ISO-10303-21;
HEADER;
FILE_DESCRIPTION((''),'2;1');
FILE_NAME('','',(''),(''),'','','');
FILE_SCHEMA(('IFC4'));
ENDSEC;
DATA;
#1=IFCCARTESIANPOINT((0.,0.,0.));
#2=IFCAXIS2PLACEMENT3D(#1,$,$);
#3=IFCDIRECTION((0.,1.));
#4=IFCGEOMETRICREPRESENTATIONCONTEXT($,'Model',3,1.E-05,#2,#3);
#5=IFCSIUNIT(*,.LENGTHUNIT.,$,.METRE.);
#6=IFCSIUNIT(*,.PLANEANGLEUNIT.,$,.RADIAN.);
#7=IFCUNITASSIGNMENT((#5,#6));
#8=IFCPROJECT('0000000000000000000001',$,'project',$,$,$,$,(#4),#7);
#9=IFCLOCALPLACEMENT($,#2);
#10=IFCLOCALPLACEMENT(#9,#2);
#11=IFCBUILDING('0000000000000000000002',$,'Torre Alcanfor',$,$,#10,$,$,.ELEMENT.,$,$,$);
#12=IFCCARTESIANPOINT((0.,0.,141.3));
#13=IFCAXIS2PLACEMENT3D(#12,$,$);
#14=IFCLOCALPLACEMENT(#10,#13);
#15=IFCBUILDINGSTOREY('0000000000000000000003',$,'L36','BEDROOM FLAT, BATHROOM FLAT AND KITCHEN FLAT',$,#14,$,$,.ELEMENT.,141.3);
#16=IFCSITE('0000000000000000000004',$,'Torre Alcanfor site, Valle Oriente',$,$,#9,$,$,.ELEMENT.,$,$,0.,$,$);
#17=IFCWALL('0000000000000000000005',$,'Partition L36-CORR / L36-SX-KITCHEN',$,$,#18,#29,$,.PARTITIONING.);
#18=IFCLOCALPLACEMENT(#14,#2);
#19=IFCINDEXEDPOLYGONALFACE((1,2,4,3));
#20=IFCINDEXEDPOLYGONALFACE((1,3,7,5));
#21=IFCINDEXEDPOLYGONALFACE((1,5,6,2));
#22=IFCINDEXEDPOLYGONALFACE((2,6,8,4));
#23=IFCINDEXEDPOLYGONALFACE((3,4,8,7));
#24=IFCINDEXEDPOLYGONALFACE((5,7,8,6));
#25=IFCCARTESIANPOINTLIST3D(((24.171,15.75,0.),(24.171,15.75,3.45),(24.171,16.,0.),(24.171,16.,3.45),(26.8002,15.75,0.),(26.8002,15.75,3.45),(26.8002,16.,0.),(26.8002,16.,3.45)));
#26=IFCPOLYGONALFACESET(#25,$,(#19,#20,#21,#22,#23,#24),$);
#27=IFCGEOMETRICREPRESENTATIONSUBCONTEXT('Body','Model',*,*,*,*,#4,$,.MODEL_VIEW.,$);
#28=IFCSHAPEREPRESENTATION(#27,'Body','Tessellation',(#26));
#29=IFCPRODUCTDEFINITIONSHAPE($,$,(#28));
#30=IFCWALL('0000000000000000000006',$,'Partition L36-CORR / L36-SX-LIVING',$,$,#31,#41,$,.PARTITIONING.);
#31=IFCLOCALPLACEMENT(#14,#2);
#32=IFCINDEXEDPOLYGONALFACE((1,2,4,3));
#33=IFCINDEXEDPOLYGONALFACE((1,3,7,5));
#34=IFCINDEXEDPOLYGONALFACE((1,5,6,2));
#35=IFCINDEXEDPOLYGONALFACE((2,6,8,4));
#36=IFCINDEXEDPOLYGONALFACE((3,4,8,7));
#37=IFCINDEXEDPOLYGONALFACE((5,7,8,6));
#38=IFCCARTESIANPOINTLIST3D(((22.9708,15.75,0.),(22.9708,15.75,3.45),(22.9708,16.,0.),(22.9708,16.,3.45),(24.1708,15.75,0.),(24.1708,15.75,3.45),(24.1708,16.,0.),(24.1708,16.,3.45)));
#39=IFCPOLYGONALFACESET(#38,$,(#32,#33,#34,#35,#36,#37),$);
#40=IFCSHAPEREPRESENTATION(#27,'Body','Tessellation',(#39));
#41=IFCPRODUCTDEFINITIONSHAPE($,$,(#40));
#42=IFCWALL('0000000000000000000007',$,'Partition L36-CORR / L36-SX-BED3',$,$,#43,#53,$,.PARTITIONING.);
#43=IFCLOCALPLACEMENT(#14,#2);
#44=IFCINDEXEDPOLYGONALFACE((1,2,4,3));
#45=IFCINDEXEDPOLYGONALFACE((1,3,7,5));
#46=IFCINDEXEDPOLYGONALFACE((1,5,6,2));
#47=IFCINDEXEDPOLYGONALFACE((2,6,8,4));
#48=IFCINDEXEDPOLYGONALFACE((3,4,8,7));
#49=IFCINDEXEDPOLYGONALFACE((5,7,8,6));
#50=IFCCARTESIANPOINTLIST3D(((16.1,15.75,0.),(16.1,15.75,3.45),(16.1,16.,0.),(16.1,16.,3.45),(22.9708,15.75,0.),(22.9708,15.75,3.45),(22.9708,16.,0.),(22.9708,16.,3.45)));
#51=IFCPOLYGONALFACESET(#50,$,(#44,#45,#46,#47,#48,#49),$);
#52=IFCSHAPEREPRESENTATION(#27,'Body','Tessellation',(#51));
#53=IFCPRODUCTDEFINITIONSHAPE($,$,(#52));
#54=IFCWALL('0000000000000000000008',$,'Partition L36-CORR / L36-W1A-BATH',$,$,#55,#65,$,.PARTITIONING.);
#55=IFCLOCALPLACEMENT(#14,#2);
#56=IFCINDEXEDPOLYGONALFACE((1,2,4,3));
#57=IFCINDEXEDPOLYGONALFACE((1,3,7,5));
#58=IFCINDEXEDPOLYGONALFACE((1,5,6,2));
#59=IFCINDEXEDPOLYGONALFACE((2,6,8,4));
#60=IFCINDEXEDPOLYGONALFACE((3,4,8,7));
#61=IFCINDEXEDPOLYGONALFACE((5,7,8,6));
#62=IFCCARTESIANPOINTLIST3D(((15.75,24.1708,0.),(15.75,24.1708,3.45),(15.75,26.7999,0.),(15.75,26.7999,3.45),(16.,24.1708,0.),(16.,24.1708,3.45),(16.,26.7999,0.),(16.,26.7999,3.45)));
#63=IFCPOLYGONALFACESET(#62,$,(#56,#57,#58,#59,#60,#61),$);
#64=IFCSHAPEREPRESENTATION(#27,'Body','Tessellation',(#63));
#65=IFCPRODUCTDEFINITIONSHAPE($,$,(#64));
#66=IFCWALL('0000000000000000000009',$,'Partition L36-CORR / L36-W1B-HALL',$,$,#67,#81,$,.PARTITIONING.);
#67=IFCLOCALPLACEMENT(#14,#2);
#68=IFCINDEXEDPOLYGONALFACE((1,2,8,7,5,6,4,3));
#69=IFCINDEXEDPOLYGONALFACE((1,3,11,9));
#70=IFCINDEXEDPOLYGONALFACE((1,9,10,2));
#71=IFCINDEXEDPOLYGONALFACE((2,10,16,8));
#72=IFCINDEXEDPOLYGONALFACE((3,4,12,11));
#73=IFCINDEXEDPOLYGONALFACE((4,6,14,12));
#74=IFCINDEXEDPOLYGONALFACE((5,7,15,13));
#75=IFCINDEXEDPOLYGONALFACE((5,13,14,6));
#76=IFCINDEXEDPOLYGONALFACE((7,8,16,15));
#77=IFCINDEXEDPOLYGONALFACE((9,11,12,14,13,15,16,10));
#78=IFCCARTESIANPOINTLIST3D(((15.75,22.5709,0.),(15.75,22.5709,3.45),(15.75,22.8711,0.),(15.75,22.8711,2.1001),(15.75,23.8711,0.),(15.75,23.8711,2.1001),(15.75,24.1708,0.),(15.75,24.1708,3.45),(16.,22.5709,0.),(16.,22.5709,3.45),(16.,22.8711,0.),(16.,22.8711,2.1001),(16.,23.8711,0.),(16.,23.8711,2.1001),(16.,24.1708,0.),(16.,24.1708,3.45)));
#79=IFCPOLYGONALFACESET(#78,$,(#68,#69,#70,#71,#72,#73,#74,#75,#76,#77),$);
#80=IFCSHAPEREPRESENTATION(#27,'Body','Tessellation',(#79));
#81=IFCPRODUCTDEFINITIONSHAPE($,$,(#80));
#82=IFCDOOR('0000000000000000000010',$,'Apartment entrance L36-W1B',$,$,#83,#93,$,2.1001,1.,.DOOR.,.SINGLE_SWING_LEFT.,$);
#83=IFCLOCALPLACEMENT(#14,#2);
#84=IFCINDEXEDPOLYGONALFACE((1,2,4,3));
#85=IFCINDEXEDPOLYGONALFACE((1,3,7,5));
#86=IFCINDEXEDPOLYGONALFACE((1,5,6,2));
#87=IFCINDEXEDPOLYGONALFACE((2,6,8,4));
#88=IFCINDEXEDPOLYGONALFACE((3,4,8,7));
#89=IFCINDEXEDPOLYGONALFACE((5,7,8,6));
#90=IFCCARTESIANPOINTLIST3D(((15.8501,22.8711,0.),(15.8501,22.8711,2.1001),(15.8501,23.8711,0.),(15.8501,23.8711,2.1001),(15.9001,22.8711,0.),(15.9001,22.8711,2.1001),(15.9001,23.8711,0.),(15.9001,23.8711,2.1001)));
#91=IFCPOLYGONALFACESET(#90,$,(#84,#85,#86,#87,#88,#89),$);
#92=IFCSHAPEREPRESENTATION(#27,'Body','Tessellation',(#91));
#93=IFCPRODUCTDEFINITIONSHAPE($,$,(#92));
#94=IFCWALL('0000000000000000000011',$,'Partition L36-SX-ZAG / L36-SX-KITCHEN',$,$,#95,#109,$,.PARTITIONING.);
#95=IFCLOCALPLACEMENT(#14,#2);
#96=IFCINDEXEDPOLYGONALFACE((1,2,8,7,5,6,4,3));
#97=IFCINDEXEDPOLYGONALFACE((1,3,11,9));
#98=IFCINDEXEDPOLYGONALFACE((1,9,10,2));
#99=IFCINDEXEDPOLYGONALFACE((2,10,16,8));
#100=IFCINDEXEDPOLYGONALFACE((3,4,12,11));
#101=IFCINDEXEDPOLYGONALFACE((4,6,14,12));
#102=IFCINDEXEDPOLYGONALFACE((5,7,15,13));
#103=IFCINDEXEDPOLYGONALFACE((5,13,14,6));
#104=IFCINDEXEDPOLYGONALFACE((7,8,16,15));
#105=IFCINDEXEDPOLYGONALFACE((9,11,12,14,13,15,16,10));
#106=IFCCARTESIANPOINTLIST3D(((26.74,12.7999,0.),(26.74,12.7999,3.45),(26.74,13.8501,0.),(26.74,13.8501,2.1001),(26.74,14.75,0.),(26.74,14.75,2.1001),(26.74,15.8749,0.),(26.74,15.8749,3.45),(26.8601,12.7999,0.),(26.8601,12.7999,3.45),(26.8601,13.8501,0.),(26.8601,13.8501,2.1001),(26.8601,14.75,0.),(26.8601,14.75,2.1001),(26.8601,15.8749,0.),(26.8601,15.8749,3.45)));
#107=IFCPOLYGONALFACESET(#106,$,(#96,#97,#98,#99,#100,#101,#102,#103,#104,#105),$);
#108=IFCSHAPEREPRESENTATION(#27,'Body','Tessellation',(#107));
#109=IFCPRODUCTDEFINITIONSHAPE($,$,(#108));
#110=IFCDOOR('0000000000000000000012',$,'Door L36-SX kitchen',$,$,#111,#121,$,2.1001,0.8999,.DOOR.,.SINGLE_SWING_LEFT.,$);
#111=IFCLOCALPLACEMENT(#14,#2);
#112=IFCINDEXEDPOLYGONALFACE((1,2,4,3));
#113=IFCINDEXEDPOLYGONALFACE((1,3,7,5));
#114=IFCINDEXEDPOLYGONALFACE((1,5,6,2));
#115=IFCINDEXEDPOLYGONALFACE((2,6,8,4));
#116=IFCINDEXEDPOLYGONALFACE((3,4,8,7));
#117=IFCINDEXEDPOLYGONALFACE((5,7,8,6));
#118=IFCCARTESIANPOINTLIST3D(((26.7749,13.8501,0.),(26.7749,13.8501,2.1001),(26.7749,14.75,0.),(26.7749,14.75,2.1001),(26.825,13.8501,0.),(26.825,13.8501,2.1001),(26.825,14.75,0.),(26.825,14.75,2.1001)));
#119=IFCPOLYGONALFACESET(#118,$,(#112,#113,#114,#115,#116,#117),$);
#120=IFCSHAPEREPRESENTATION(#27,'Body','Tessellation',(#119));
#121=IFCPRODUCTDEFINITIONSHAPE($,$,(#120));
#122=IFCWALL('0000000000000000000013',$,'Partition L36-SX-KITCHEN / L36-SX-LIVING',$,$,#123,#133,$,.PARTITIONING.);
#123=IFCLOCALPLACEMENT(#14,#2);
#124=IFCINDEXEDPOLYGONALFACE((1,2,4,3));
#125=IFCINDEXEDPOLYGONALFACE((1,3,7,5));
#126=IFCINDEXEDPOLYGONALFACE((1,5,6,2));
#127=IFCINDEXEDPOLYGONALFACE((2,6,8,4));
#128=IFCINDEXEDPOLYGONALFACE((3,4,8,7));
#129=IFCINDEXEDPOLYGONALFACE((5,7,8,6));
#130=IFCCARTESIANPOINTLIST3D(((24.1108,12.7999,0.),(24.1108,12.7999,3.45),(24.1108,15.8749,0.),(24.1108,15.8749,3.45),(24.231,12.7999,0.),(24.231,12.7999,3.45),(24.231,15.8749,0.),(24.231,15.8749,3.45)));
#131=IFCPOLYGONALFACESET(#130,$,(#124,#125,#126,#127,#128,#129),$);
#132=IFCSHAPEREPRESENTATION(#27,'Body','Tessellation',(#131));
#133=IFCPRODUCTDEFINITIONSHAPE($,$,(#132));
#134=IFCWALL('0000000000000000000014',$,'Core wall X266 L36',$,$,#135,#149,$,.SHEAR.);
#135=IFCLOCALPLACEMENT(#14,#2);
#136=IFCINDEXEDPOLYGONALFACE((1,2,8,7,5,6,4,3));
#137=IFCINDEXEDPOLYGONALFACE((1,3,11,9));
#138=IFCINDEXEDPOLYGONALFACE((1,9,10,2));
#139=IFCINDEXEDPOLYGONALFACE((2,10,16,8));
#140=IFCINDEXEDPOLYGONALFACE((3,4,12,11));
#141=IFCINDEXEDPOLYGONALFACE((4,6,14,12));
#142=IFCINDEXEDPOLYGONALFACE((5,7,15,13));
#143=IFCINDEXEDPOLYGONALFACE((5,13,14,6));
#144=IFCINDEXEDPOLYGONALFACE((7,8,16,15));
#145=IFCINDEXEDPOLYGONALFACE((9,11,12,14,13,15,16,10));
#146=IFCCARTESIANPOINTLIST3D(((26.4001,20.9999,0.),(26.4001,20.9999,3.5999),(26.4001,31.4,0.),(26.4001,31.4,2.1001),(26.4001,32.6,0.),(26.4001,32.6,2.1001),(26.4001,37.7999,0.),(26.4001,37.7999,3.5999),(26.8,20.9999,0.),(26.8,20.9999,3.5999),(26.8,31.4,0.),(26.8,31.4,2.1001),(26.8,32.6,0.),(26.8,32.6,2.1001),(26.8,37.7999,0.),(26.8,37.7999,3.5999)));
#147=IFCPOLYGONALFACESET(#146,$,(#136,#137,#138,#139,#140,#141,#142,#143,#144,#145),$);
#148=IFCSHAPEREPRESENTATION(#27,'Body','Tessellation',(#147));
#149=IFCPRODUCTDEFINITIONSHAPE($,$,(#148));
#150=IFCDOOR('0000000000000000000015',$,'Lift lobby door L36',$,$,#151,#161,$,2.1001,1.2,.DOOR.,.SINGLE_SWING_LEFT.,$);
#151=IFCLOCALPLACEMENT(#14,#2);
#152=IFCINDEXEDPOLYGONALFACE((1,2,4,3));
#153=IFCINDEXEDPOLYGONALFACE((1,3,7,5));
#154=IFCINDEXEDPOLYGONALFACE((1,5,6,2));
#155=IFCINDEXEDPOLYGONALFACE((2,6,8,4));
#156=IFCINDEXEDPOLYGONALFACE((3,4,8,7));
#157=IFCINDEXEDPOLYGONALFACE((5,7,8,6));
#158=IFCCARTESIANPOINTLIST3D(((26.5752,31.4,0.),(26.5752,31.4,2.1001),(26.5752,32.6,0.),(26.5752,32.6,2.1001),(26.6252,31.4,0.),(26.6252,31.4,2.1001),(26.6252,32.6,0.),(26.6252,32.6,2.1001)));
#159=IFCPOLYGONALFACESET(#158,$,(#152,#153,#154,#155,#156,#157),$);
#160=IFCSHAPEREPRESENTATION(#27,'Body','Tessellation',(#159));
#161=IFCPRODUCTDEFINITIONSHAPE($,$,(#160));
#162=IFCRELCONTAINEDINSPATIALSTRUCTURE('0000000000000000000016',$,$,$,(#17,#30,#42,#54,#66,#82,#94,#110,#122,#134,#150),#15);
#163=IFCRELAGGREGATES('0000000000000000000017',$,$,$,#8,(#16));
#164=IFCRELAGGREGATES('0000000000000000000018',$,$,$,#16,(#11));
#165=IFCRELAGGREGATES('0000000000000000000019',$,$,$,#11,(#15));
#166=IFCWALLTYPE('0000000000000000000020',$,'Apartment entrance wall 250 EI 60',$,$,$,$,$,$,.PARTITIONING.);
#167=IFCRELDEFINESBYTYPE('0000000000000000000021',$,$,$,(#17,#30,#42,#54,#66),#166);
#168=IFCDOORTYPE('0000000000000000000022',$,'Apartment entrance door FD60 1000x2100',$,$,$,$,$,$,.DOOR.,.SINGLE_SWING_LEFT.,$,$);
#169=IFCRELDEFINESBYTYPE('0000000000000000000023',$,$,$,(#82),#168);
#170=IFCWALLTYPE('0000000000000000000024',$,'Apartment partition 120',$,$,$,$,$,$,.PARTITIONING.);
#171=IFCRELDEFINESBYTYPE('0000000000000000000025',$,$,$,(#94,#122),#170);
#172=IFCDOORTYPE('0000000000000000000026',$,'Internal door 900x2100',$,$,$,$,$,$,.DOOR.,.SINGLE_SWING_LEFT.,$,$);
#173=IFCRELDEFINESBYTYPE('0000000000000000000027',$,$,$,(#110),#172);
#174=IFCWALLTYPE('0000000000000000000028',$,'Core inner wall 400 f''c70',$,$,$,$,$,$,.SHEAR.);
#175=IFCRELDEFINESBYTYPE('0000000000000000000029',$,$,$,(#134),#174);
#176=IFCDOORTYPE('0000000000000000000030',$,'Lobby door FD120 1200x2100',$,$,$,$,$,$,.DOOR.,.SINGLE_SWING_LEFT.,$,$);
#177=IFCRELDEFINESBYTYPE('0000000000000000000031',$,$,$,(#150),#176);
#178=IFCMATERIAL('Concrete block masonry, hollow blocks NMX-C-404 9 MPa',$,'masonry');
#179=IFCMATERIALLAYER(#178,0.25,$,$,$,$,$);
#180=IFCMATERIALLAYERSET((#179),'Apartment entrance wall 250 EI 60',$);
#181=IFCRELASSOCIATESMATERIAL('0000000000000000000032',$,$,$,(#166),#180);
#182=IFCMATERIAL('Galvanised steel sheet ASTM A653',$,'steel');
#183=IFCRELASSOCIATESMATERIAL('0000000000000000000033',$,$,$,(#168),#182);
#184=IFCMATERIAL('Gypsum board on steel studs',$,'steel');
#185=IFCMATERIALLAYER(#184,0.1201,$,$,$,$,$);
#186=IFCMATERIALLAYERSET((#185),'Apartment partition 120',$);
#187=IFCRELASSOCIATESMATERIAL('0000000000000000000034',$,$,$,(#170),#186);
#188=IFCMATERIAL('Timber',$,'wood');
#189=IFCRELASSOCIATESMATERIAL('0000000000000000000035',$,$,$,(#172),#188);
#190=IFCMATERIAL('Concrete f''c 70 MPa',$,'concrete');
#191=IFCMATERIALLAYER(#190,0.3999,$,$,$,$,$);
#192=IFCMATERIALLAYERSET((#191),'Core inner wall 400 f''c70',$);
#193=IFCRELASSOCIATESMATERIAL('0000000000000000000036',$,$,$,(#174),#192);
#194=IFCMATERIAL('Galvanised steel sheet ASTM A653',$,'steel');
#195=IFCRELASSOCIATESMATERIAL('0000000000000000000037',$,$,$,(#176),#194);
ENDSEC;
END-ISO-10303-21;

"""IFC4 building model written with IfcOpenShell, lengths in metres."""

from ifc_helpers import new_model, si_unit, direction, frame, frame_2d, origin, place, context, subcontext, project, spatial, rectangle, extrude, material, layer, layer_set, type_object, element, fill, save


model = new_model("IFC4")

# Units and contexts
model_context = context("Model", 3, precision=1e-05, world=origin(), true_north=direction((0.0, 1.0)))
body_context = subcontext(model_context, "Body", "Model", "MODEL_VIEW")
ifc_project = project(units=[si_unit("LENGTHUNIT", "METRE"), si_unit("PLANEANGLEUNIT", "RADIAN")], contexts=[model_context])

# Site, building, storey
site_placement = place(None, origin())
site = spatial("IfcSite", under=ifc_project, at=site_placement, Name="Torre Alcanfor site, Valle Oriente", CompositionType="ELEMENT", RefElevation=0.0)
building_placement = place(site_placement, origin())
building = spatial("IfcBuilding", under=site, at=building_placement, Name="Torre Alcanfor", CompositionType="ELEMENT")
storey_placement = place(building_placement, frame((0.0, 0.0, 141.3)))
storey = spatial("IfcBuildingStorey", under=building, at=storey_placement, Name="L36", Description="BEDROOM FLAT, BATHROOM FLAT AND KITCHEN FLAT", CompositionType="ELEMENT", Elevation=141.3)

# Walls
ifc_material_1 = material(Name="Concrete block masonry, hollow blocks NMX-C-404 9 MPa", Category="masonry")
ifc_layer_1 = layer(ifc_material_1, 0.25)
ifc_layer_set_1 = layer_set([ifc_layer_1], Name="Apartment entrance wall 250 EI 60")
wall_type_1 = type_object("IfcWallType", Name="Apartment entrance wall 250 EI 60", PredefinedType="PARTITIONING", material=ifc_layer_set_1)
wall_1_placement = place(storey_placement, frame((26.8, 15.875, 0.0), z_axis=(0.0, 0.0, 1.0), x_axis=(-1.0, 0.0, 0.0)))
element("IfcWall", 1, at=wall_1_placement, inside=storey, type_object=wall_type_1, Name="Partition L36-CORR / L36-SX-KITCHEN", PredefinedType="PARTITIONING", context=body_context, shape_type="SweptSolid", body=[
    extrude(rectangle(XDim=2.6292, YDim=0.25, at=frame_2d((1.3145, 0.0))), origin(), (0.0, 0.0, 1.0), 3.45),
])
wall_2_placement = place(storey_placement, frame((24.1709, 15.875, 0.0), z_axis=(0.0, 0.0, 1.0), x_axis=(-1.0, 0.0, 0.0)))
element("IfcWall", 2, at=wall_2_placement, inside=storey, type_object=wall_type_1, Name="Partition L36-CORR / L36-SX-LIVING", PredefinedType="PARTITIONING", context=body_context, shape_type="SweptSolid", body=[
    extrude(rectangle(XDim=1.2, YDim=0.25, at=frame_2d((0.6001, 0.0))), origin(), (0.0, 0.0, 1.0), 3.45),
])
wall_3_placement = place(storey_placement, frame((22.9709, 15.875, 0.0), z_axis=(0.0, 0.0, 1.0), x_axis=(-1.0, 0.0, 0.0)))
element("IfcWall", 3, at=wall_3_placement, inside=storey, type_object=wall_type_1, Name="Partition L36-CORR / L36-SX-BED3", PredefinedType="PARTITIONING", context=body_context, shape_type="SweptSolid", body=[
    extrude(rectangle(XDim=6.8708, YDim=0.25, at=frame_2d((3.4355, 0.0))), origin(), (0.0, 0.0, 1.0), 3.45),
])
wall_4_placement = place(storey_placement, frame((15.875, 24.1709, 0.0), z_axis=(0.0, 0.0, 1.0), x_axis=(0.0, 1.0, 0.0)))
element("IfcWall", 4, at=wall_4_placement, inside=storey, type_object=wall_type_1, Name="Partition L36-CORR / L36-W1A-BATH", PredefinedType="PARTITIONING", context=body_context, shape_type="SweptSolid", body=[
    extrude(rectangle(XDim=2.6292, YDim=0.25, at=frame_2d((1.3145, 0.0))), origin(), (0.0, 0.0, 1.0), 3.45),
])

# Walls, openings, doors
wall_5_placement = place(storey_placement, frame((15.875, 22.571, 0.0), z_axis=(0.0, 0.0, 1.0), x_axis=(0.0, 1.0, 0.0)))
wall_5 = element("IfcWall", 5, at=wall_5_placement, inside=storey, type_object=wall_type_1, Name="Partition L36-CORR / L36-W1B-HALL", PredefinedType="PARTITIONING", context=body_context, shape_type="SweptSolid", body=[
    extrude(rectangle(XDim=1.5999, YDim=0.25, at=frame_2d((0.7998, 0.0))), origin(), (0.0, 0.0, 1.0), 3.45),
])
opening_1_placement = place(wall_5_placement, frame((0.3, 0.0, 0.0)))
opening_1 = element("IfcOpeningElement", 6, at=opening_1_placement, cuts=wall_5, PredefinedType="OPENING", context=body_context, shape_type="SweptSolid", body=[
    extrude(rectangle(XDim=1.0, YDim=2.1001, at=frame_2d((0.5, 1.05))), frame((0.0, 0.135, 0.0), z_axis=(0.0, -1.0, 0.0), x_axis=(1.0, 0.0, 0.0)), (0.0, 0.0, 1.0), 0.27),
])
ifc_material_2 = material(Name="Galvanised steel sheet ASTM A653", Category="steel")
door_type_1 = type_object("IfcDoorType", Name="Apartment entrance door FD60 1000x2100", OperationType="SINGLE_SWING_LEFT", PredefinedType="DOOR", material=ifc_material_2)
door_1_placement = place(opening_1_placement, origin())
door_1 = element("IfcDoor", 7, at=door_1_placement, inside=storey, type_object=door_type_1, Name="Apartment entrance L36-W1B", OperationType="SINGLE_SWING_LEFT", OverallHeight=2.1001, OverallWidth=1.0, PredefinedType="DOOR", context=body_context, shape_type="SweptSolid", body=[
    extrude(rectangle(XDim=1.0, YDim=2.1001, at=frame_2d((0.5, 1.05))), frame((0.0, 0.0249, 0.0), z_axis=(0.0, -1.0, 0.0), x_axis=(1.0, 0.0, 0.0)), (0.0, 0.0, 1.0), 0.05),
])
fill(opening_1, door_1)
ifc_material_3 = material(Name="Gypsum board on steel studs", Category="steel")
ifc_layer_2 = layer(ifc_material_3, 0.1201)
ifc_layer_set_2 = layer_set([ifc_layer_2], Name="Apartment partition 120")
wall_type_2 = type_object("IfcWallType", Name="Apartment partition 120", PredefinedType="PARTITIONING", material=ifc_layer_set_2)
wall_6_placement = place(storey_placement, frame((26.8, 15.875, 0.0), z_axis=(0.0, 0.0, 1.0), x_axis=(0.0, -1.0, 0.0)))
wall_6 = element("IfcWall", 8, at=wall_6_placement, inside=storey, type_object=wall_type_2, Name="Partition L36-SX-ZAG / L36-SX-KITCHEN", PredefinedType="PARTITIONING", context=body_context, shape_type="SweptSolid", body=[
    extrude(rectangle(XDim=3.075, YDim=0.1201, at=frame_2d((1.5376, 0.0))), origin(), (0.0, 0.0, 1.0), 3.45),
])
opening_2_placement = place(wall_6_placement, frame((1.125, 0.0, 0.0)))
opening_2 = element("IfcOpeningElement", 9, at=opening_2_placement, cuts=wall_6, PredefinedType="OPENING", context=body_context, shape_type="SweptSolid", body=[
    extrude(rectangle(XDim=0.8999, YDim=2.1001, at=frame_2d((0.45, 1.05))), frame((0.0, 0.0701, 0.0), z_axis=(0.0, -1.0, 0.0), x_axis=(1.0, 0.0, 0.0)), (0.0, 0.0, 1.0), 0.1401),
])
ifc_material_4 = material(Name="Timber", Category="wood")
door_type_2 = type_object("IfcDoorType", Name="Internal door 900x2100", OperationType="SINGLE_SWING_LEFT", PredefinedType="DOOR", material=ifc_material_4)
door_2_placement = place(opening_2_placement, frame((0.8999, 0.0, 0.0), z_axis=(0.0, 0.0, 1.0), x_axis=(-1.0, 0.0, 0.0)))
door_2 = element("IfcDoor", 10, at=door_2_placement, inside=storey, type_object=door_type_2, Name="Door L36-SX kitchen", OperationType="SINGLE_SWING_LEFT", OverallHeight=2.1001, OverallWidth=0.8999, PredefinedType="DOOR", context=body_context, shape_type="SweptSolid", body=[
    extrude(rectangle(XDim=0.8999, YDim=2.1001, at=frame_2d((0.45, 1.05))), frame((0.0, 0.0251, 0.0), z_axis=(0.0, -1.0, 0.0), x_axis=(1.0, 0.0, 0.0)), (0.0, 0.0, 1.0), 0.05),
])
fill(opening_2, door_2)

# Wall
wall_7_placement = place(storey_placement, frame((24.1709, 15.875, 0.0), z_axis=(0.0, 0.0, 1.0), x_axis=(0.0, -1.0, 0.0)))
element("IfcWall", 11, at=wall_7_placement, inside=storey, type_object=wall_type_2, Name="Partition L36-SX-KITCHEN / L36-SX-LIVING", PredefinedType="PARTITIONING", context=body_context, shape_type="SweptSolid", body=[
    extrude(rectangle(XDim=3.075, YDim=0.1201, at=frame_2d((1.5376, 0.0))), origin(), (0.0, 0.0, 1.0), 3.45),
])

# Wall, opening, door
ifc_material_5 = material(Name="Concrete f'c 70 MPa", Category="concrete")
ifc_layer_3 = layer(ifc_material_5, 0.3999)
ifc_layer_set_3 = layer_set([ifc_layer_3], Name="Core inner wall 400 f'c70")
wall_type_3 = type_object("IfcWallType", Name="Core inner wall 400 f'c70", PredefinedType="SHEAR", material=ifc_layer_set_3)
wall_8_placement = place(storey_placement, frame((26.6001, 21.0, 0.0), z_axis=(0.0, 0.0, 1.0), x_axis=(0.0, 1.0, 0.0)))
wall_8 = element("IfcWall", 12, at=wall_8_placement, inside=storey, type_object=wall_type_3, Name="Core wall X266 L36", PredefinedType="SHEAR", context=body_context, shape_type="SweptSolid", body=[
    extrude(rectangle(XDim=16.8, YDim=0.3999, at=frame_2d((8.3999, 0.0))), origin(), (0.0, 0.0, 1.0), 3.5999),
])
opening_3_placement = place(wall_8_placement, frame((10.3999, 0.0, 0.0)))
opening_3 = element("IfcOpeningElement", 13, at=opening_3_placement, cuts=wall_8, PredefinedType="OPENING", context=body_context, shape_type="SweptSolid", body=[
    extrude(rectangle(XDim=1.2, YDim=2.1001, at=frame_2d((0.6001, 1.05))), frame((0.0, 0.21, 0.0), z_axis=(0.0, -1.0, 0.0), x_axis=(1.0, 0.0, 0.0)), (0.0, 0.0, 1.0), 0.4199),
])
ifc_material_6 = material(Name="Galvanised steel sheet ASTM A653", Category="steel")
door_type_3 = type_object("IfcDoorType", Name="Lobby door FD120 1200x2100", OperationType="SINGLE_SWING_LEFT", PredefinedType="DOOR", material=ifc_material_6)
door_3_placement = place(opening_3_placement, origin())
door_3 = element("IfcDoor", 14, at=door_3_placement, inside=storey, type_object=door_type_3, Name="Lift lobby door L36", OperationType="SINGLE_SWING_LEFT", OverallHeight=2.1001, OverallWidth=1.2, PredefinedType="DOOR", context=body_context, shape_type="SweptSolid", body=[
    extrude(rectangle(XDim=1.2, YDim=2.1001, at=frame_2d((0.6001, 1.05))), frame((0.0, 0.0249, 0.0), z_axis=(0.0, -1.0, 0.0), x_axis=(1.0, 0.0, 0.0)), (0.0, 0.0, 1.0), 0.05),
])
fill(opening_3, door_3)

save(model, "model.ifc")
